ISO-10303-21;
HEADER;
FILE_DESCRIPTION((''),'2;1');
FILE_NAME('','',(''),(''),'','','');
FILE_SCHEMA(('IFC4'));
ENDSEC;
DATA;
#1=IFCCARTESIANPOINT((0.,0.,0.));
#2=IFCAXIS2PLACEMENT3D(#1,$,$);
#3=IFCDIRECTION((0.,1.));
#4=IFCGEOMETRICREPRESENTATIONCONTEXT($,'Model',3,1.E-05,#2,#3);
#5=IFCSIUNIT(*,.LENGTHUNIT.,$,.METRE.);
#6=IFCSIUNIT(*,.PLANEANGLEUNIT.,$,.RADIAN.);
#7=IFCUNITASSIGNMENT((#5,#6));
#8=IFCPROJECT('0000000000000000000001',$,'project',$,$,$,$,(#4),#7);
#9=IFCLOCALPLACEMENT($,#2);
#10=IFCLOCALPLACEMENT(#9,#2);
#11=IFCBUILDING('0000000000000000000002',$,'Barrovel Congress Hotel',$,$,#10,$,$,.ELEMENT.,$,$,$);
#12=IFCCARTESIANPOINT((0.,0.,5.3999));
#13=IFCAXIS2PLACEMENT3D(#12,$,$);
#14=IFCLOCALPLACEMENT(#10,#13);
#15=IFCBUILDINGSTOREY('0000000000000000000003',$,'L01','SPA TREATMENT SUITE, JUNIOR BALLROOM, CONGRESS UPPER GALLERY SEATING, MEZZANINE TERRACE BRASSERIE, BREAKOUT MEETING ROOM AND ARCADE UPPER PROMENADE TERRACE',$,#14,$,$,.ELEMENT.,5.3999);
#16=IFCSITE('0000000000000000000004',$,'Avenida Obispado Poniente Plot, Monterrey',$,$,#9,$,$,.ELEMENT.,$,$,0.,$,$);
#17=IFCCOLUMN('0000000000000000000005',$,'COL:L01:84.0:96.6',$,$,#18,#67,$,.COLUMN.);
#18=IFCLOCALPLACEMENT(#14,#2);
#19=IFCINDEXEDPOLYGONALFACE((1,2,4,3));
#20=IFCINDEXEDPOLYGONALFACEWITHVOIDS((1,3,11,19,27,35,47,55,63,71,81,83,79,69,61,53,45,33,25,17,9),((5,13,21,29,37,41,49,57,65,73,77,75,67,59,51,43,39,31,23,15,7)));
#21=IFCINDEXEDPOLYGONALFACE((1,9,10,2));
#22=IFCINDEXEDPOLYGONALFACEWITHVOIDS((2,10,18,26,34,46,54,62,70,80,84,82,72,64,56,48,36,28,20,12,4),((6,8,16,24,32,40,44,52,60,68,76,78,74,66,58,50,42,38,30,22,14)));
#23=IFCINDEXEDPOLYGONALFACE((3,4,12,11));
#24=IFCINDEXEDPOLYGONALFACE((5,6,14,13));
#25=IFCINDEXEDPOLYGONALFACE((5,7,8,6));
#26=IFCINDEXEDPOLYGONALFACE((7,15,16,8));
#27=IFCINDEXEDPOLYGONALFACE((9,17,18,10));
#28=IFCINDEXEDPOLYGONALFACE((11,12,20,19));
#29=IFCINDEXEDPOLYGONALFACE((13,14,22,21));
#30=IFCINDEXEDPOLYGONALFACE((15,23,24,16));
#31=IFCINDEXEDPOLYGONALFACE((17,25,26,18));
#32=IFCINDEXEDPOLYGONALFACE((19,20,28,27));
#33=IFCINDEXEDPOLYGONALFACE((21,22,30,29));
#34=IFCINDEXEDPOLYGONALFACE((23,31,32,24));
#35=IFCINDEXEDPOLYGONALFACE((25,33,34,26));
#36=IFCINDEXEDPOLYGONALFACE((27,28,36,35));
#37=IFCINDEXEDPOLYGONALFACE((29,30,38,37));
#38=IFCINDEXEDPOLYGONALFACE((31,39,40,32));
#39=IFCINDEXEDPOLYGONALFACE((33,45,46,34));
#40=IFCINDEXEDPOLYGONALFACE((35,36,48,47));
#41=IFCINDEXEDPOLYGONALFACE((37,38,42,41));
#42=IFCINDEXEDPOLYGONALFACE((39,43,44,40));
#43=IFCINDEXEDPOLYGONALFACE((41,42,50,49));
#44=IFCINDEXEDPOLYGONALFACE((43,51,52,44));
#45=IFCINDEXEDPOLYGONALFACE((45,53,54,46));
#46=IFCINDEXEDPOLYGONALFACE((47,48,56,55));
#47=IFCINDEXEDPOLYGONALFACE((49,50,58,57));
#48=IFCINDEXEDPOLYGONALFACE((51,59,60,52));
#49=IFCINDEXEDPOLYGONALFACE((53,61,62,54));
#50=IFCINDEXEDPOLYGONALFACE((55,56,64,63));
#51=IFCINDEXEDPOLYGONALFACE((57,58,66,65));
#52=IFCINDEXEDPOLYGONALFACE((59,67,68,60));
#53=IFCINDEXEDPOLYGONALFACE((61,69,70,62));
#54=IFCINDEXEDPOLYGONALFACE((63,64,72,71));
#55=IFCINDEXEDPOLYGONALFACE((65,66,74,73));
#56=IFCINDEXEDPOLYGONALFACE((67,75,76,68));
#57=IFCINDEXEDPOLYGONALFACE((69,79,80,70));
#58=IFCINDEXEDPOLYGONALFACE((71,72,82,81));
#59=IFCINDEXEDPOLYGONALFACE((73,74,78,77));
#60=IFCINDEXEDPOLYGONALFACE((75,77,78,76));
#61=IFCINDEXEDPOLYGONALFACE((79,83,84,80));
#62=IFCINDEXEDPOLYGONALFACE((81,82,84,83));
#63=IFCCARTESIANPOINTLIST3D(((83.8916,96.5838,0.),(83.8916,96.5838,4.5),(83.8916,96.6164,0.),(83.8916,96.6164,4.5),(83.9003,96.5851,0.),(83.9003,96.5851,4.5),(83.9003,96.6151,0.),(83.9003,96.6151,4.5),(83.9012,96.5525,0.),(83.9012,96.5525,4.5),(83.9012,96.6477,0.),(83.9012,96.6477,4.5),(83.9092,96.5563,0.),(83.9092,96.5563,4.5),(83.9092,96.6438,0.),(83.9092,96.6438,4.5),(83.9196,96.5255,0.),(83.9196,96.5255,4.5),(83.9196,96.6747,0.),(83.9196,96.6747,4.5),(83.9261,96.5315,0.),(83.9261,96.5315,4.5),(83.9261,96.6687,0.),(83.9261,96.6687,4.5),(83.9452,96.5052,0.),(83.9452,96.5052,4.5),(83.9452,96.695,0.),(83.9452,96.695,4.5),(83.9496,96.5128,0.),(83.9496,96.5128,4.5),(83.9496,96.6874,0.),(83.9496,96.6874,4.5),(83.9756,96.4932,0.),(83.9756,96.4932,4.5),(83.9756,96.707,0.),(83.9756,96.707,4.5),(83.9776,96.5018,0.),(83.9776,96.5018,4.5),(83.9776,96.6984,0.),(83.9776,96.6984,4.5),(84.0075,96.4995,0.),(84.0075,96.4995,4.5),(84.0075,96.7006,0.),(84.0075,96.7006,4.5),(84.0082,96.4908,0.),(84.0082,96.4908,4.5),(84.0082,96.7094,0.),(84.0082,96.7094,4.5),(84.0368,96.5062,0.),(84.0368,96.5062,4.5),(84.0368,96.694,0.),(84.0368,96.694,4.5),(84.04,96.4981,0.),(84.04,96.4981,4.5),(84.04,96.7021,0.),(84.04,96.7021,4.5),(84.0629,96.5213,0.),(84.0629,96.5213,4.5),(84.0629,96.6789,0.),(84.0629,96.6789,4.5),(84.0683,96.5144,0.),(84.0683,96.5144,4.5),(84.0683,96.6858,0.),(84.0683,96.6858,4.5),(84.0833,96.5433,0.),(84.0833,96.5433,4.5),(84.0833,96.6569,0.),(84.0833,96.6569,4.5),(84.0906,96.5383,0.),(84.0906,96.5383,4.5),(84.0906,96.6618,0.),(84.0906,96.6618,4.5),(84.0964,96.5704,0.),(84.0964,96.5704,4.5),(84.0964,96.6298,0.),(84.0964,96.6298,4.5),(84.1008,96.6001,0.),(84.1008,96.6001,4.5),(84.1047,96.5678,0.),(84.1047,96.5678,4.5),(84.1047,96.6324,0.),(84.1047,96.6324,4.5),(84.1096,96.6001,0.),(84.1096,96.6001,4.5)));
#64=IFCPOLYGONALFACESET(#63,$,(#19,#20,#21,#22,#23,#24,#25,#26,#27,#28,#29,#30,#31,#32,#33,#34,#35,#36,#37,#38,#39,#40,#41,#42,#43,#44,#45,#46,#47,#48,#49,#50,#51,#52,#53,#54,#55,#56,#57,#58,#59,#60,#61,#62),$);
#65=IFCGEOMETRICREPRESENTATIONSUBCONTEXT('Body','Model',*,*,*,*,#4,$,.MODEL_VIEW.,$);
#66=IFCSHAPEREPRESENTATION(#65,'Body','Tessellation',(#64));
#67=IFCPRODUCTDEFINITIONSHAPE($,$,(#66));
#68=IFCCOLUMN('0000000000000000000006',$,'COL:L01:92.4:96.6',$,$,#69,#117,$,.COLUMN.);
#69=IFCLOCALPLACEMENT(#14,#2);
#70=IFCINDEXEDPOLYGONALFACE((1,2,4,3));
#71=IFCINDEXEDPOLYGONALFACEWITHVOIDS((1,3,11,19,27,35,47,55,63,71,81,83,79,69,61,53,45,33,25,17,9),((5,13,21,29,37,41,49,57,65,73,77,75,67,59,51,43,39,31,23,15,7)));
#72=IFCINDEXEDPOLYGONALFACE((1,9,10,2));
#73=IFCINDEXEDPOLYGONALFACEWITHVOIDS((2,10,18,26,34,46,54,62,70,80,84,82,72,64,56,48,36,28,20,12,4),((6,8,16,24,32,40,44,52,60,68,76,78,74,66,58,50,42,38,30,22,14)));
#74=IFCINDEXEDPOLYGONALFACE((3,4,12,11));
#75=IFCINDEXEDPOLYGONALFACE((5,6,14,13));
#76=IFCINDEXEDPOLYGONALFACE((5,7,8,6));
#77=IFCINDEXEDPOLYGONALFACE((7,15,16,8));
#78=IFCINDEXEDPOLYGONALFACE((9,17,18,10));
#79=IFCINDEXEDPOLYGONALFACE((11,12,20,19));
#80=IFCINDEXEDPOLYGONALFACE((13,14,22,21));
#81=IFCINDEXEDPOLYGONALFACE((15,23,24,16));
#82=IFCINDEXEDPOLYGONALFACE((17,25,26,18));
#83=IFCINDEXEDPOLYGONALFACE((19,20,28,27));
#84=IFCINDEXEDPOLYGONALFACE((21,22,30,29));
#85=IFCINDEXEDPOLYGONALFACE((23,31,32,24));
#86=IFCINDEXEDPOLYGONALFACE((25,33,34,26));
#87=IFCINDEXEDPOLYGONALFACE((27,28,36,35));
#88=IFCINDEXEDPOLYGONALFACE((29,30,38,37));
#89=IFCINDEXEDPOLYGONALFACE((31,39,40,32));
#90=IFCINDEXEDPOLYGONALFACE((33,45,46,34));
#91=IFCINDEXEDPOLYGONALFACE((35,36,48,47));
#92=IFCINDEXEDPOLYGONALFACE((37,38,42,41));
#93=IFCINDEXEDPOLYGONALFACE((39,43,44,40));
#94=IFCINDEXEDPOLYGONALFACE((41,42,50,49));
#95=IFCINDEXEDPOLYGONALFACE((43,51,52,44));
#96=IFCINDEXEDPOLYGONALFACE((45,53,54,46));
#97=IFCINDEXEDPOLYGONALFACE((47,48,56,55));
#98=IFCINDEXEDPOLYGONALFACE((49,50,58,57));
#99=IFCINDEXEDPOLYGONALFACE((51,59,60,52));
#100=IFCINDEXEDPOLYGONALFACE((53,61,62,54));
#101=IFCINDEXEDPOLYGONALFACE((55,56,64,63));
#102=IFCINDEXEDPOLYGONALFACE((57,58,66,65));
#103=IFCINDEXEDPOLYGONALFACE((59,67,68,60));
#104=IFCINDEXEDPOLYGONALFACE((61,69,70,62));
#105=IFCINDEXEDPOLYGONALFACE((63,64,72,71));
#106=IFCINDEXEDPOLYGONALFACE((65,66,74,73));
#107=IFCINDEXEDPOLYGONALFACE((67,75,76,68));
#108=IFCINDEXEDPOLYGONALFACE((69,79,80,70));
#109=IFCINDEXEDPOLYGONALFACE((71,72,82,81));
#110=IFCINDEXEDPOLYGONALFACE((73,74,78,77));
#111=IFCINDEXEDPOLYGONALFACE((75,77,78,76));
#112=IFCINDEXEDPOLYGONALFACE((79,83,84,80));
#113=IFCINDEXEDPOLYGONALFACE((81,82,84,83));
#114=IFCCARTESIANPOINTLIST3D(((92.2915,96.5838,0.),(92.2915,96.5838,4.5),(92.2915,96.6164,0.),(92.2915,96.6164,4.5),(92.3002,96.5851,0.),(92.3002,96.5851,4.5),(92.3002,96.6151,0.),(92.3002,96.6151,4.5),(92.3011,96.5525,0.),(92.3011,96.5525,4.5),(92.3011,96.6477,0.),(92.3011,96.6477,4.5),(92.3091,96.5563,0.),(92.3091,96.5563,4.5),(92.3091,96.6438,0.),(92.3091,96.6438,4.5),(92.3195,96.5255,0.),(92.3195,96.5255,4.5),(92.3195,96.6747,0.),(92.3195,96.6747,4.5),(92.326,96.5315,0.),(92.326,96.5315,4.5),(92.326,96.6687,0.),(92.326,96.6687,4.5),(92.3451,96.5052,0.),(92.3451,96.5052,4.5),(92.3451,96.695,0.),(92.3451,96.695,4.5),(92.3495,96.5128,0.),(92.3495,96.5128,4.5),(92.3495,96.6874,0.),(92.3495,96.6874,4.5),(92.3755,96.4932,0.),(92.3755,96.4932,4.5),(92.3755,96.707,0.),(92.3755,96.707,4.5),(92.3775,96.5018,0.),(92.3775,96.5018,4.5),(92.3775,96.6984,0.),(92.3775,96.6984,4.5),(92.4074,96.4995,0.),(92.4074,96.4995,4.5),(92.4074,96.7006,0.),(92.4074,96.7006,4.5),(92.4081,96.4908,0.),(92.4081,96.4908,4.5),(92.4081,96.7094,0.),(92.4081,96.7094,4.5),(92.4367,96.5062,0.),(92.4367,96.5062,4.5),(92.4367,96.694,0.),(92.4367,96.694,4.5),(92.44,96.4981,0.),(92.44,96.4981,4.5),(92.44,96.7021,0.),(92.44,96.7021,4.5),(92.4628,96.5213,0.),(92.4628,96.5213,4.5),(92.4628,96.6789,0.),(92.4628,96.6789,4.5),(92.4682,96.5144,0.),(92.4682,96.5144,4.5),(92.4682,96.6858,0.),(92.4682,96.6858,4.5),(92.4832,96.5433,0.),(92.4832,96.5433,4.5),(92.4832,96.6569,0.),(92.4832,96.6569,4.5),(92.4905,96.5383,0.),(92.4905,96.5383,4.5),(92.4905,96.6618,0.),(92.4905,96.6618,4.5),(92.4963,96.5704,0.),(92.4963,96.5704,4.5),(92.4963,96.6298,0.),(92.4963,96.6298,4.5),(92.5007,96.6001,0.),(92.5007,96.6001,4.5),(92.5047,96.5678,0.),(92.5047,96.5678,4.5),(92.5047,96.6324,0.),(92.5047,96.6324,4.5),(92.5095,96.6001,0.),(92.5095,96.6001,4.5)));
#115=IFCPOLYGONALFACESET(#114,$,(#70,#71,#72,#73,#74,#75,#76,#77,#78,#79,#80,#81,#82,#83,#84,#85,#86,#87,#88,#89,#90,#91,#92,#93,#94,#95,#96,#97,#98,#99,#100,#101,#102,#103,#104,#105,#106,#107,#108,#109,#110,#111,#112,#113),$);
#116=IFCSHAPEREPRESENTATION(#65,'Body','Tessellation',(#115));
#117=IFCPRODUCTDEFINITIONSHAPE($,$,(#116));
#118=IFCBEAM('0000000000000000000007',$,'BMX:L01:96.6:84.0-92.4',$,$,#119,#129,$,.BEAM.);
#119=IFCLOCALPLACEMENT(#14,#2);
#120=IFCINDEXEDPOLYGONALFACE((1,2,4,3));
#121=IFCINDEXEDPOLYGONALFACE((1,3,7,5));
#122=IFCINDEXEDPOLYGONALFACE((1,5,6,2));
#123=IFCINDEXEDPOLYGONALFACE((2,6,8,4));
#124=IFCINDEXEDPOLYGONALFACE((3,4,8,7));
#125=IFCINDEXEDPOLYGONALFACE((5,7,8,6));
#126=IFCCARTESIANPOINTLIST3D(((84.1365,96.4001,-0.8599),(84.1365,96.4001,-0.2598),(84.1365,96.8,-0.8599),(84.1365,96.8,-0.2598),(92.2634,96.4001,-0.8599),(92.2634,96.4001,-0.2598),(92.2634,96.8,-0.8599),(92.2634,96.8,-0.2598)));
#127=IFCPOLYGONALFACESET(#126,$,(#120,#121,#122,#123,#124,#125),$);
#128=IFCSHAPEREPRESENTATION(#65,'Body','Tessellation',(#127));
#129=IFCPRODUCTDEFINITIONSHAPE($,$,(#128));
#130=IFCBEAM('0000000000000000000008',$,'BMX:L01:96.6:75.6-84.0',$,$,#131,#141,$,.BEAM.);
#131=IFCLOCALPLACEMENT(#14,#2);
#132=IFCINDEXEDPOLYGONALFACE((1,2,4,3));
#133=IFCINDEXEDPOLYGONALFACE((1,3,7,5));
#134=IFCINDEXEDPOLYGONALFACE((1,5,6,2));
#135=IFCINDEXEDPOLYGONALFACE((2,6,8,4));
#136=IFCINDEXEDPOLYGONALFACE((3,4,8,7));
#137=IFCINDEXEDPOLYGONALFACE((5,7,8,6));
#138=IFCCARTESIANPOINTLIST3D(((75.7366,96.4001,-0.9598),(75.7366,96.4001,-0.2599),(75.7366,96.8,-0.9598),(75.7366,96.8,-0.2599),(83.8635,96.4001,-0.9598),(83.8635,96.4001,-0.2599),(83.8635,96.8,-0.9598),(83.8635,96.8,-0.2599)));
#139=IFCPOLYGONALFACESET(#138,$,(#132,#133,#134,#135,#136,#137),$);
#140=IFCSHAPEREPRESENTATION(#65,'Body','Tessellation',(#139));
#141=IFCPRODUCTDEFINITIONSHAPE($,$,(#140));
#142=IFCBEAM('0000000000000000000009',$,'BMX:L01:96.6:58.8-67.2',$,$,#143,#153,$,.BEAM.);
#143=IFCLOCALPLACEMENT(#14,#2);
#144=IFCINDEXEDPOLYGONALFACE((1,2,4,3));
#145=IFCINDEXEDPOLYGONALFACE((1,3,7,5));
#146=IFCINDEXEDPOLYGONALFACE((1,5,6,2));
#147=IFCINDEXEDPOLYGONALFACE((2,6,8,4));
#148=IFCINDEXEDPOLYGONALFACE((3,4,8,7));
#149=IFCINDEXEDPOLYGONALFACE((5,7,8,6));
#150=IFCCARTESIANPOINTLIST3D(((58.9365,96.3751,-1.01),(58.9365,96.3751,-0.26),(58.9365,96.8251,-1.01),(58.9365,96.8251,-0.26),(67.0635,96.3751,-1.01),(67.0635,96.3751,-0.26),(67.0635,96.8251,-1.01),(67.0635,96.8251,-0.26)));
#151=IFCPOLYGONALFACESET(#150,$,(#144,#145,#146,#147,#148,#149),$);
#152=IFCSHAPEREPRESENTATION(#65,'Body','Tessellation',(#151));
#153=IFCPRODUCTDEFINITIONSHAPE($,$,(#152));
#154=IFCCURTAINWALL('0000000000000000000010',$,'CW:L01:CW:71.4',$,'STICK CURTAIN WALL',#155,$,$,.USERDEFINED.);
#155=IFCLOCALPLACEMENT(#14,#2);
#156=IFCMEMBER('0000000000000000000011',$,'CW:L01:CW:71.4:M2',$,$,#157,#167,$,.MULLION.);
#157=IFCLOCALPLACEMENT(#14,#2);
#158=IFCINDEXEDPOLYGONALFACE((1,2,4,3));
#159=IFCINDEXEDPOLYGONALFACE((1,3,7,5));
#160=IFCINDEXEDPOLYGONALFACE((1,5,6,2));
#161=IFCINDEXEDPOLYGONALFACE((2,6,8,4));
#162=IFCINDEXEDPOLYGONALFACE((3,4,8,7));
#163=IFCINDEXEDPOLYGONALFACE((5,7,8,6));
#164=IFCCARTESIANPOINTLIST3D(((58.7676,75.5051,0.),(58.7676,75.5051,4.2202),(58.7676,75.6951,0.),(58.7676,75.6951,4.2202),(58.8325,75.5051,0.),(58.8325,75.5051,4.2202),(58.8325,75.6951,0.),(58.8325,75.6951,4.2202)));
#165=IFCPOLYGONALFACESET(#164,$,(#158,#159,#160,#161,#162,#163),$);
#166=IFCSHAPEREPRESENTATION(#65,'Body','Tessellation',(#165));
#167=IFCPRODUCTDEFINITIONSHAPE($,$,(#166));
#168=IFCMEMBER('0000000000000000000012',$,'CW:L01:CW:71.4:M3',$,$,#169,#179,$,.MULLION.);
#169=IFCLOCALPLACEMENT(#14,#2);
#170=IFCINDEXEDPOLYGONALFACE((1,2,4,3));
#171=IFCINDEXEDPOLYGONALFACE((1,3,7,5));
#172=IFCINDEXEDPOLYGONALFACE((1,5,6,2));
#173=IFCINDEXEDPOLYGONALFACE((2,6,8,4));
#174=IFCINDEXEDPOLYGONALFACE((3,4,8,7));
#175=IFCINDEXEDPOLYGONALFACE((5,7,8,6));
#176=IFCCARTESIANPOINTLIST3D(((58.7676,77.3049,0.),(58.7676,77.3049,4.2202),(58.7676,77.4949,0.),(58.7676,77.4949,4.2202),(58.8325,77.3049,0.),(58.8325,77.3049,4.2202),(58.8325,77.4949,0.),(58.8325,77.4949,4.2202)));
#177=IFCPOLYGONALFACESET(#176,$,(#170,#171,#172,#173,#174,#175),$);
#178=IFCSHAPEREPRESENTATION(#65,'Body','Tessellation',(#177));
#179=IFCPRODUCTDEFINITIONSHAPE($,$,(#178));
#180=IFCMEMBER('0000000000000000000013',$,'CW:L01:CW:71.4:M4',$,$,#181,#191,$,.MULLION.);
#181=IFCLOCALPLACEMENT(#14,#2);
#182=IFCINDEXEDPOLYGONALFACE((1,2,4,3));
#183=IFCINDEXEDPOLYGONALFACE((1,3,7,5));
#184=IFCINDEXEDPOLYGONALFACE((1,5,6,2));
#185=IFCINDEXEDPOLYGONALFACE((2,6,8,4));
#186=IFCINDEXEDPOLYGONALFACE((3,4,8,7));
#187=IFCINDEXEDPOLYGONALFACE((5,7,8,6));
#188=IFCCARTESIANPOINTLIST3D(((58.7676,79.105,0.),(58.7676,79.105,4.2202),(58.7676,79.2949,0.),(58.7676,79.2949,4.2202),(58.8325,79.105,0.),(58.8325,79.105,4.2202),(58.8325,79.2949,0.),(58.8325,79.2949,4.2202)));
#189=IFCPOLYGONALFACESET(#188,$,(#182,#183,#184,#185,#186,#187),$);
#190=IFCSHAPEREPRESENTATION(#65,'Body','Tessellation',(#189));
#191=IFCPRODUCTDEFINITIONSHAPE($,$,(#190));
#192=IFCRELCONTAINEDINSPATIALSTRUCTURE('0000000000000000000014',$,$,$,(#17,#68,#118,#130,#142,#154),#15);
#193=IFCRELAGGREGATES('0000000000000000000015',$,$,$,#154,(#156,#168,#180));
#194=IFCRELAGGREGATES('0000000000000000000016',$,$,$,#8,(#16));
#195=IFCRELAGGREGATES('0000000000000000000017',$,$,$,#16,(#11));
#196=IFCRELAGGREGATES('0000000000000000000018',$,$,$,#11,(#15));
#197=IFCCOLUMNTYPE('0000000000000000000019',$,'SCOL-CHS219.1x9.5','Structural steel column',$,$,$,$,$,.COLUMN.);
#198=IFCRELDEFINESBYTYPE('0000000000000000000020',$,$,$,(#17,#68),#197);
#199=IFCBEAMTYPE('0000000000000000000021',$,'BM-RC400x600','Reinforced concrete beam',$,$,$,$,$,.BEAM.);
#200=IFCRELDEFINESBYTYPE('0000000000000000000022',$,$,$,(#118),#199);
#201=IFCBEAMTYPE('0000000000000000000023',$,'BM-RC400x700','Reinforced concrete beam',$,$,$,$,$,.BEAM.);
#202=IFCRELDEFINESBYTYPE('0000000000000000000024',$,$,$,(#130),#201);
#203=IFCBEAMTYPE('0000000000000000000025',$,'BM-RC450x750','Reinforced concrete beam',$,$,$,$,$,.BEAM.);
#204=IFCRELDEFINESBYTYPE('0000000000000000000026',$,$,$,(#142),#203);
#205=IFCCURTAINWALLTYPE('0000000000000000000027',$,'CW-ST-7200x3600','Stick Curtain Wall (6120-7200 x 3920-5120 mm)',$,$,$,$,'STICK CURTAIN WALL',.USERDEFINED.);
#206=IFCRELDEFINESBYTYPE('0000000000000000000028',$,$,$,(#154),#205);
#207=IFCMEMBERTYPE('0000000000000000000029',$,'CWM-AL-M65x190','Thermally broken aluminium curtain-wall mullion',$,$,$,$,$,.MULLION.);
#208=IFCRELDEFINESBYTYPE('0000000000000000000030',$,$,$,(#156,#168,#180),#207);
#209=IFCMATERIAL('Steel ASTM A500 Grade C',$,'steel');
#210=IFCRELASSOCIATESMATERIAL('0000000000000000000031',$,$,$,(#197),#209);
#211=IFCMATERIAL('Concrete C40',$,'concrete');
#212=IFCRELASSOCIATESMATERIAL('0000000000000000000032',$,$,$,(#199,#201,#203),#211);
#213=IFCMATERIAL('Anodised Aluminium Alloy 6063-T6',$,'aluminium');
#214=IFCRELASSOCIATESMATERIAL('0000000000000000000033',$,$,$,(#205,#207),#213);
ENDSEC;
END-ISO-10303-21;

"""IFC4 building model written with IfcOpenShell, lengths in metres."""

from ifc_helpers import new_model, si_unit, direction, frame, origin, origin_2d, place, context, subcontext, project, spatial, rectangle, hollow_circle, extrude, material, material_profile, profile_set, type_object, element, aggregate, save


model = new_model("IFC4")

# Units and contexts
model_context = context("Model", 3, precision=1e-05, world=origin(), true_north=direction((0.0, 1.0)))
body_context = subcontext(model_context, "Body", "Model", "MODEL_VIEW")
ifc_project = project(units=[si_unit("LENGTHUNIT", "METRE"), si_unit("PLANEANGLEUNIT", "RADIAN")], contexts=[model_context])

# Site, building, storey
site_placement = place(None, origin())
site = spatial("IfcSite", under=ifc_project, at=site_placement, Name="Avenida Obispado Poniente Plot, Monterrey", CompositionType="ELEMENT", RefElevation=0.0)
building_placement = place(site_placement, origin())
building = spatial("IfcBuilding", under=site, at=building_placement, Name="Barrovel Congress Hotel", CompositionType="ELEMENT")
storey_placement = place(building_placement, frame((0.0, 0.0, 5.3999)))
storey = spatial("IfcBuildingStorey", under=building, at=storey_placement, Name="L01", Description="SPA TREATMENT SUITE, JUNIOR BALLROOM, CONGRESS UPPER GALLERY SEATING, MEZZANINE TERRACE BRASSERIE, BREAKOUT MEETING ROOM AND ARCADE UPPER PROMENADE TERRACE", CompositionType="ELEMENT", Elevation=5.3999)

# Columns
ifc_material_1 = material(Name="Concrete C40", Category="concrete")
ifc_material_2 = material(Name="Steel ASTM A500 Grade C", Category="steel")
ifc_material_profile_1 = material_profile(ifc_material_2, hollow_circle(Radius=0.1096, WallThickness=0.0088, at=origin_2d()), Name="CHS219.1x9.5")
ifc_profile_set_1 = profile_set([ifc_material_profile_1], Name="Steel ASTM A500 Grade C")
column_type_1 = type_object("IfcColumnType", Name="SCOL-CHS219.1x9.5", Description="Structural steel column", PredefinedType="COLUMN", material=ifc_profile_set_1)
for number, where, z_axis, x_axis, name in (
    (1, (84.0, 96.6001, 0.0), (0.0, 0.0, 1.0), (1.0, 0.0, 0.0), "COL:L01:84.0:96.6"),
    (2, (92.3999, 96.6001, 0.0), (0.0, 0.0, 1.0), (1.0, 0.0, 0.0), "COL:L01:92.4:96.6"),
):
    element("IfcColumn", number, at=place(storey_placement, frame(where, z_axis=z_axis, x_axis=x_axis)), inside=storey, type_object=column_type_1, Name=name, PredefinedType="COLUMN", context=body_context, shape_type="SweptSolid", body=[
        extrude(hollow_circle(Radius=0.1096, WallThickness=0.0088, at=origin_2d()), origin(), (0.0, 0.0, 1.0), 4.5),
    ])

# Beams
ifc_material_profile_2 = material_profile(ifc_material_1, rectangle(XDim=0.3999, YDim=0.6001, at=origin_2d()), Name="RC400x600")
ifc_profile_set_2 = profile_set([ifc_material_profile_2], Name="Concrete C40")
beam_type_1 = type_object("IfcBeamType", Name="BM-RC400x600", Description="Reinforced concrete beam", PredefinedType="BEAM", material=ifc_profile_set_2)
beam_1_placement = place(storey_placement, frame((84.1365, 96.6001, -0.5598), z_axis=(1.0, 0.0, 0.0), x_axis=(0.0, 1.0, 0.0)))
element("IfcBeam", 3, at=beam_1_placement, inside=storey, type_object=beam_type_1, Name="BMX:L01:96.6:84.0-92.4", PredefinedType="BEAM", context=body_context, shape_type="SweptSolid", body=[
    extrude(rectangle(XDim=0.3999, YDim=0.6001, at=origin_2d()), origin(), (0.0, 0.0, 1.0), 8.127),
])
ifc_material_profile_3 = material_profile(ifc_material_1, rectangle(XDim=0.3999, YDim=0.7, at=origin_2d()), Name="RC400x700")
ifc_profile_set_3 = profile_set([ifc_material_profile_3], Name="Concrete C40")
beam_type_2 = type_object("IfcBeamType", Name="BM-RC400x700", Description="Reinforced concrete beam", PredefinedType="BEAM", material=ifc_profile_set_3)
beam_2_placement = place(storey_placement, frame((75.7366, 96.6001, -0.6099), z_axis=(1.0, 0.0, 0.0), x_axis=(0.0, 1.0, 0.0)))
element("IfcBeam", 4, at=beam_2_placement, inside=storey, type_object=beam_type_2, Name="BMX:L01:96.6:75.6-84.0", PredefinedType="BEAM", context=body_context, shape_type="SweptSolid", body=[
    extrude(rectangle(XDim=0.3999, YDim=0.7, at=origin_2d()), origin(), (0.0, 0.0, 1.0), 8.127),
])
ifc_material_profile_4 = material_profile(ifc_material_1, rectangle(XDim=0.45, YDim=0.75, at=origin_2d()), Name="RC450x750")
ifc_profile_set_4 = profile_set([ifc_material_profile_4], Name="Concrete C40")
beam_type_3 = type_object("IfcBeamType", Name="BM-RC450x750", Description="Reinforced concrete beam", PredefinedType="BEAM", material=ifc_profile_set_4)
beam_3_placement = place(storey_placement, frame((58.9365, 96.6001, -0.635), z_axis=(1.0, 0.0, 0.0), x_axis=(0.0, 1.0, 0.0)))
element("IfcBeam", 5, at=beam_3_placement, inside=storey, type_object=beam_type_3, Name="BMX:L01:96.6:58.8-67.2", PredefinedType="BEAM", context=body_context, shape_type="SweptSolid", body=[
    extrude(rectangle(XDim=0.45, YDim=0.75, at=origin_2d()), origin(), (0.0, 0.0, 1.0), 8.127),
])

# Curtain wall, members
ifc_material_3 = material(Name="Anodised Aluminium Alloy 6063-T6", Category="aluminium")
curtain_wall_type = type_object("IfcCurtainWallType", Name="CW-ST-7200x3600", Description="Stick Curtain Wall (6120-7200 x 3920-5120 mm)", ElementType="STICK CURTAIN WALL", PredefinedType="USERDEFINED", material=ifc_material_3)
curtain_wall_placement = place(storey_placement, origin())
curtain_wall = element("IfcCurtainWall", 6, at=curtain_wall_placement, inside=storey, type_object=curtain_wall_type, Name="CW:L01:CW:71.4", ObjectType="STICK CURTAIN WALL", PredefinedType="USERDEFINED")
ifc_material_profile_5 = material_profile(ifc_material_3, rectangle(XDim=0.0649, YDim=0.1899, at=origin_2d()), Name="AL-M65x190")
ifc_profile_set_5 = profile_set([ifc_material_profile_5], Name="Anodised Aluminium Alloy 6063-T6")
member_type = type_object("IfcMemberType", Name="CWM-AL-M65x190", Description="Thermally broken aluminium curtain-wall mullion", PredefinedType="MULLION", material=ifc_profile_set_5)
member_1_placement = place(storey_placement, frame((58.8, 75.6001, 0.0), z_axis=(0.0, 0.0, 1.0), x_axis=(1.0, 0.0, 0.0)))
member_1 = element("IfcMember", 7, at=member_1_placement, type_object=member_type, Name="CW:L01:CW:71.4:M2", PredefinedType="MULLION", context=body_context, shape_type="SweptSolid", body=[
    extrude(rectangle(XDim=0.0649, YDim=0.1899, at=origin_2d()), origin(), (0.0, 0.0, 1.0), 4.2202),
])
member_2_placement = place(storey_placement, frame((58.8, 77.3999, 0.0), z_axis=(0.0, 0.0, 1.0), x_axis=(1.0, 0.0, 0.0)))
member_2 = element("IfcMember", 8, at=member_2_placement, type_object=member_type, Name="CW:L01:CW:71.4:M3", PredefinedType="MULLION", context=body_context, shape_type="SweptSolid", body=[
    extrude(rectangle(XDim=0.0649, YDim=0.1899, at=origin_2d()), origin(), (0.0, 0.0, 1.0), 4.2202),
])
member_3_placement = place(storey_placement, frame((58.8, 79.2, 0.0), z_axis=(0.0, 0.0, 1.0), x_axis=(1.0, 0.0, 0.0)))
member_3 = element("IfcMember", 9, at=member_3_placement, type_object=member_type, Name="CW:L01:CW:71.4:M4", PredefinedType="MULLION", context=body_context, shape_type="SweptSolid", body=[
    extrude(rectangle(XDim=0.0649, YDim=0.1899, at=origin_2d()), origin(), (0.0, 0.0, 1.0), 4.2202),
])

aggregate(curtain_wall, [member_1, member_2, member_3])

save(model, "model.ifc")
